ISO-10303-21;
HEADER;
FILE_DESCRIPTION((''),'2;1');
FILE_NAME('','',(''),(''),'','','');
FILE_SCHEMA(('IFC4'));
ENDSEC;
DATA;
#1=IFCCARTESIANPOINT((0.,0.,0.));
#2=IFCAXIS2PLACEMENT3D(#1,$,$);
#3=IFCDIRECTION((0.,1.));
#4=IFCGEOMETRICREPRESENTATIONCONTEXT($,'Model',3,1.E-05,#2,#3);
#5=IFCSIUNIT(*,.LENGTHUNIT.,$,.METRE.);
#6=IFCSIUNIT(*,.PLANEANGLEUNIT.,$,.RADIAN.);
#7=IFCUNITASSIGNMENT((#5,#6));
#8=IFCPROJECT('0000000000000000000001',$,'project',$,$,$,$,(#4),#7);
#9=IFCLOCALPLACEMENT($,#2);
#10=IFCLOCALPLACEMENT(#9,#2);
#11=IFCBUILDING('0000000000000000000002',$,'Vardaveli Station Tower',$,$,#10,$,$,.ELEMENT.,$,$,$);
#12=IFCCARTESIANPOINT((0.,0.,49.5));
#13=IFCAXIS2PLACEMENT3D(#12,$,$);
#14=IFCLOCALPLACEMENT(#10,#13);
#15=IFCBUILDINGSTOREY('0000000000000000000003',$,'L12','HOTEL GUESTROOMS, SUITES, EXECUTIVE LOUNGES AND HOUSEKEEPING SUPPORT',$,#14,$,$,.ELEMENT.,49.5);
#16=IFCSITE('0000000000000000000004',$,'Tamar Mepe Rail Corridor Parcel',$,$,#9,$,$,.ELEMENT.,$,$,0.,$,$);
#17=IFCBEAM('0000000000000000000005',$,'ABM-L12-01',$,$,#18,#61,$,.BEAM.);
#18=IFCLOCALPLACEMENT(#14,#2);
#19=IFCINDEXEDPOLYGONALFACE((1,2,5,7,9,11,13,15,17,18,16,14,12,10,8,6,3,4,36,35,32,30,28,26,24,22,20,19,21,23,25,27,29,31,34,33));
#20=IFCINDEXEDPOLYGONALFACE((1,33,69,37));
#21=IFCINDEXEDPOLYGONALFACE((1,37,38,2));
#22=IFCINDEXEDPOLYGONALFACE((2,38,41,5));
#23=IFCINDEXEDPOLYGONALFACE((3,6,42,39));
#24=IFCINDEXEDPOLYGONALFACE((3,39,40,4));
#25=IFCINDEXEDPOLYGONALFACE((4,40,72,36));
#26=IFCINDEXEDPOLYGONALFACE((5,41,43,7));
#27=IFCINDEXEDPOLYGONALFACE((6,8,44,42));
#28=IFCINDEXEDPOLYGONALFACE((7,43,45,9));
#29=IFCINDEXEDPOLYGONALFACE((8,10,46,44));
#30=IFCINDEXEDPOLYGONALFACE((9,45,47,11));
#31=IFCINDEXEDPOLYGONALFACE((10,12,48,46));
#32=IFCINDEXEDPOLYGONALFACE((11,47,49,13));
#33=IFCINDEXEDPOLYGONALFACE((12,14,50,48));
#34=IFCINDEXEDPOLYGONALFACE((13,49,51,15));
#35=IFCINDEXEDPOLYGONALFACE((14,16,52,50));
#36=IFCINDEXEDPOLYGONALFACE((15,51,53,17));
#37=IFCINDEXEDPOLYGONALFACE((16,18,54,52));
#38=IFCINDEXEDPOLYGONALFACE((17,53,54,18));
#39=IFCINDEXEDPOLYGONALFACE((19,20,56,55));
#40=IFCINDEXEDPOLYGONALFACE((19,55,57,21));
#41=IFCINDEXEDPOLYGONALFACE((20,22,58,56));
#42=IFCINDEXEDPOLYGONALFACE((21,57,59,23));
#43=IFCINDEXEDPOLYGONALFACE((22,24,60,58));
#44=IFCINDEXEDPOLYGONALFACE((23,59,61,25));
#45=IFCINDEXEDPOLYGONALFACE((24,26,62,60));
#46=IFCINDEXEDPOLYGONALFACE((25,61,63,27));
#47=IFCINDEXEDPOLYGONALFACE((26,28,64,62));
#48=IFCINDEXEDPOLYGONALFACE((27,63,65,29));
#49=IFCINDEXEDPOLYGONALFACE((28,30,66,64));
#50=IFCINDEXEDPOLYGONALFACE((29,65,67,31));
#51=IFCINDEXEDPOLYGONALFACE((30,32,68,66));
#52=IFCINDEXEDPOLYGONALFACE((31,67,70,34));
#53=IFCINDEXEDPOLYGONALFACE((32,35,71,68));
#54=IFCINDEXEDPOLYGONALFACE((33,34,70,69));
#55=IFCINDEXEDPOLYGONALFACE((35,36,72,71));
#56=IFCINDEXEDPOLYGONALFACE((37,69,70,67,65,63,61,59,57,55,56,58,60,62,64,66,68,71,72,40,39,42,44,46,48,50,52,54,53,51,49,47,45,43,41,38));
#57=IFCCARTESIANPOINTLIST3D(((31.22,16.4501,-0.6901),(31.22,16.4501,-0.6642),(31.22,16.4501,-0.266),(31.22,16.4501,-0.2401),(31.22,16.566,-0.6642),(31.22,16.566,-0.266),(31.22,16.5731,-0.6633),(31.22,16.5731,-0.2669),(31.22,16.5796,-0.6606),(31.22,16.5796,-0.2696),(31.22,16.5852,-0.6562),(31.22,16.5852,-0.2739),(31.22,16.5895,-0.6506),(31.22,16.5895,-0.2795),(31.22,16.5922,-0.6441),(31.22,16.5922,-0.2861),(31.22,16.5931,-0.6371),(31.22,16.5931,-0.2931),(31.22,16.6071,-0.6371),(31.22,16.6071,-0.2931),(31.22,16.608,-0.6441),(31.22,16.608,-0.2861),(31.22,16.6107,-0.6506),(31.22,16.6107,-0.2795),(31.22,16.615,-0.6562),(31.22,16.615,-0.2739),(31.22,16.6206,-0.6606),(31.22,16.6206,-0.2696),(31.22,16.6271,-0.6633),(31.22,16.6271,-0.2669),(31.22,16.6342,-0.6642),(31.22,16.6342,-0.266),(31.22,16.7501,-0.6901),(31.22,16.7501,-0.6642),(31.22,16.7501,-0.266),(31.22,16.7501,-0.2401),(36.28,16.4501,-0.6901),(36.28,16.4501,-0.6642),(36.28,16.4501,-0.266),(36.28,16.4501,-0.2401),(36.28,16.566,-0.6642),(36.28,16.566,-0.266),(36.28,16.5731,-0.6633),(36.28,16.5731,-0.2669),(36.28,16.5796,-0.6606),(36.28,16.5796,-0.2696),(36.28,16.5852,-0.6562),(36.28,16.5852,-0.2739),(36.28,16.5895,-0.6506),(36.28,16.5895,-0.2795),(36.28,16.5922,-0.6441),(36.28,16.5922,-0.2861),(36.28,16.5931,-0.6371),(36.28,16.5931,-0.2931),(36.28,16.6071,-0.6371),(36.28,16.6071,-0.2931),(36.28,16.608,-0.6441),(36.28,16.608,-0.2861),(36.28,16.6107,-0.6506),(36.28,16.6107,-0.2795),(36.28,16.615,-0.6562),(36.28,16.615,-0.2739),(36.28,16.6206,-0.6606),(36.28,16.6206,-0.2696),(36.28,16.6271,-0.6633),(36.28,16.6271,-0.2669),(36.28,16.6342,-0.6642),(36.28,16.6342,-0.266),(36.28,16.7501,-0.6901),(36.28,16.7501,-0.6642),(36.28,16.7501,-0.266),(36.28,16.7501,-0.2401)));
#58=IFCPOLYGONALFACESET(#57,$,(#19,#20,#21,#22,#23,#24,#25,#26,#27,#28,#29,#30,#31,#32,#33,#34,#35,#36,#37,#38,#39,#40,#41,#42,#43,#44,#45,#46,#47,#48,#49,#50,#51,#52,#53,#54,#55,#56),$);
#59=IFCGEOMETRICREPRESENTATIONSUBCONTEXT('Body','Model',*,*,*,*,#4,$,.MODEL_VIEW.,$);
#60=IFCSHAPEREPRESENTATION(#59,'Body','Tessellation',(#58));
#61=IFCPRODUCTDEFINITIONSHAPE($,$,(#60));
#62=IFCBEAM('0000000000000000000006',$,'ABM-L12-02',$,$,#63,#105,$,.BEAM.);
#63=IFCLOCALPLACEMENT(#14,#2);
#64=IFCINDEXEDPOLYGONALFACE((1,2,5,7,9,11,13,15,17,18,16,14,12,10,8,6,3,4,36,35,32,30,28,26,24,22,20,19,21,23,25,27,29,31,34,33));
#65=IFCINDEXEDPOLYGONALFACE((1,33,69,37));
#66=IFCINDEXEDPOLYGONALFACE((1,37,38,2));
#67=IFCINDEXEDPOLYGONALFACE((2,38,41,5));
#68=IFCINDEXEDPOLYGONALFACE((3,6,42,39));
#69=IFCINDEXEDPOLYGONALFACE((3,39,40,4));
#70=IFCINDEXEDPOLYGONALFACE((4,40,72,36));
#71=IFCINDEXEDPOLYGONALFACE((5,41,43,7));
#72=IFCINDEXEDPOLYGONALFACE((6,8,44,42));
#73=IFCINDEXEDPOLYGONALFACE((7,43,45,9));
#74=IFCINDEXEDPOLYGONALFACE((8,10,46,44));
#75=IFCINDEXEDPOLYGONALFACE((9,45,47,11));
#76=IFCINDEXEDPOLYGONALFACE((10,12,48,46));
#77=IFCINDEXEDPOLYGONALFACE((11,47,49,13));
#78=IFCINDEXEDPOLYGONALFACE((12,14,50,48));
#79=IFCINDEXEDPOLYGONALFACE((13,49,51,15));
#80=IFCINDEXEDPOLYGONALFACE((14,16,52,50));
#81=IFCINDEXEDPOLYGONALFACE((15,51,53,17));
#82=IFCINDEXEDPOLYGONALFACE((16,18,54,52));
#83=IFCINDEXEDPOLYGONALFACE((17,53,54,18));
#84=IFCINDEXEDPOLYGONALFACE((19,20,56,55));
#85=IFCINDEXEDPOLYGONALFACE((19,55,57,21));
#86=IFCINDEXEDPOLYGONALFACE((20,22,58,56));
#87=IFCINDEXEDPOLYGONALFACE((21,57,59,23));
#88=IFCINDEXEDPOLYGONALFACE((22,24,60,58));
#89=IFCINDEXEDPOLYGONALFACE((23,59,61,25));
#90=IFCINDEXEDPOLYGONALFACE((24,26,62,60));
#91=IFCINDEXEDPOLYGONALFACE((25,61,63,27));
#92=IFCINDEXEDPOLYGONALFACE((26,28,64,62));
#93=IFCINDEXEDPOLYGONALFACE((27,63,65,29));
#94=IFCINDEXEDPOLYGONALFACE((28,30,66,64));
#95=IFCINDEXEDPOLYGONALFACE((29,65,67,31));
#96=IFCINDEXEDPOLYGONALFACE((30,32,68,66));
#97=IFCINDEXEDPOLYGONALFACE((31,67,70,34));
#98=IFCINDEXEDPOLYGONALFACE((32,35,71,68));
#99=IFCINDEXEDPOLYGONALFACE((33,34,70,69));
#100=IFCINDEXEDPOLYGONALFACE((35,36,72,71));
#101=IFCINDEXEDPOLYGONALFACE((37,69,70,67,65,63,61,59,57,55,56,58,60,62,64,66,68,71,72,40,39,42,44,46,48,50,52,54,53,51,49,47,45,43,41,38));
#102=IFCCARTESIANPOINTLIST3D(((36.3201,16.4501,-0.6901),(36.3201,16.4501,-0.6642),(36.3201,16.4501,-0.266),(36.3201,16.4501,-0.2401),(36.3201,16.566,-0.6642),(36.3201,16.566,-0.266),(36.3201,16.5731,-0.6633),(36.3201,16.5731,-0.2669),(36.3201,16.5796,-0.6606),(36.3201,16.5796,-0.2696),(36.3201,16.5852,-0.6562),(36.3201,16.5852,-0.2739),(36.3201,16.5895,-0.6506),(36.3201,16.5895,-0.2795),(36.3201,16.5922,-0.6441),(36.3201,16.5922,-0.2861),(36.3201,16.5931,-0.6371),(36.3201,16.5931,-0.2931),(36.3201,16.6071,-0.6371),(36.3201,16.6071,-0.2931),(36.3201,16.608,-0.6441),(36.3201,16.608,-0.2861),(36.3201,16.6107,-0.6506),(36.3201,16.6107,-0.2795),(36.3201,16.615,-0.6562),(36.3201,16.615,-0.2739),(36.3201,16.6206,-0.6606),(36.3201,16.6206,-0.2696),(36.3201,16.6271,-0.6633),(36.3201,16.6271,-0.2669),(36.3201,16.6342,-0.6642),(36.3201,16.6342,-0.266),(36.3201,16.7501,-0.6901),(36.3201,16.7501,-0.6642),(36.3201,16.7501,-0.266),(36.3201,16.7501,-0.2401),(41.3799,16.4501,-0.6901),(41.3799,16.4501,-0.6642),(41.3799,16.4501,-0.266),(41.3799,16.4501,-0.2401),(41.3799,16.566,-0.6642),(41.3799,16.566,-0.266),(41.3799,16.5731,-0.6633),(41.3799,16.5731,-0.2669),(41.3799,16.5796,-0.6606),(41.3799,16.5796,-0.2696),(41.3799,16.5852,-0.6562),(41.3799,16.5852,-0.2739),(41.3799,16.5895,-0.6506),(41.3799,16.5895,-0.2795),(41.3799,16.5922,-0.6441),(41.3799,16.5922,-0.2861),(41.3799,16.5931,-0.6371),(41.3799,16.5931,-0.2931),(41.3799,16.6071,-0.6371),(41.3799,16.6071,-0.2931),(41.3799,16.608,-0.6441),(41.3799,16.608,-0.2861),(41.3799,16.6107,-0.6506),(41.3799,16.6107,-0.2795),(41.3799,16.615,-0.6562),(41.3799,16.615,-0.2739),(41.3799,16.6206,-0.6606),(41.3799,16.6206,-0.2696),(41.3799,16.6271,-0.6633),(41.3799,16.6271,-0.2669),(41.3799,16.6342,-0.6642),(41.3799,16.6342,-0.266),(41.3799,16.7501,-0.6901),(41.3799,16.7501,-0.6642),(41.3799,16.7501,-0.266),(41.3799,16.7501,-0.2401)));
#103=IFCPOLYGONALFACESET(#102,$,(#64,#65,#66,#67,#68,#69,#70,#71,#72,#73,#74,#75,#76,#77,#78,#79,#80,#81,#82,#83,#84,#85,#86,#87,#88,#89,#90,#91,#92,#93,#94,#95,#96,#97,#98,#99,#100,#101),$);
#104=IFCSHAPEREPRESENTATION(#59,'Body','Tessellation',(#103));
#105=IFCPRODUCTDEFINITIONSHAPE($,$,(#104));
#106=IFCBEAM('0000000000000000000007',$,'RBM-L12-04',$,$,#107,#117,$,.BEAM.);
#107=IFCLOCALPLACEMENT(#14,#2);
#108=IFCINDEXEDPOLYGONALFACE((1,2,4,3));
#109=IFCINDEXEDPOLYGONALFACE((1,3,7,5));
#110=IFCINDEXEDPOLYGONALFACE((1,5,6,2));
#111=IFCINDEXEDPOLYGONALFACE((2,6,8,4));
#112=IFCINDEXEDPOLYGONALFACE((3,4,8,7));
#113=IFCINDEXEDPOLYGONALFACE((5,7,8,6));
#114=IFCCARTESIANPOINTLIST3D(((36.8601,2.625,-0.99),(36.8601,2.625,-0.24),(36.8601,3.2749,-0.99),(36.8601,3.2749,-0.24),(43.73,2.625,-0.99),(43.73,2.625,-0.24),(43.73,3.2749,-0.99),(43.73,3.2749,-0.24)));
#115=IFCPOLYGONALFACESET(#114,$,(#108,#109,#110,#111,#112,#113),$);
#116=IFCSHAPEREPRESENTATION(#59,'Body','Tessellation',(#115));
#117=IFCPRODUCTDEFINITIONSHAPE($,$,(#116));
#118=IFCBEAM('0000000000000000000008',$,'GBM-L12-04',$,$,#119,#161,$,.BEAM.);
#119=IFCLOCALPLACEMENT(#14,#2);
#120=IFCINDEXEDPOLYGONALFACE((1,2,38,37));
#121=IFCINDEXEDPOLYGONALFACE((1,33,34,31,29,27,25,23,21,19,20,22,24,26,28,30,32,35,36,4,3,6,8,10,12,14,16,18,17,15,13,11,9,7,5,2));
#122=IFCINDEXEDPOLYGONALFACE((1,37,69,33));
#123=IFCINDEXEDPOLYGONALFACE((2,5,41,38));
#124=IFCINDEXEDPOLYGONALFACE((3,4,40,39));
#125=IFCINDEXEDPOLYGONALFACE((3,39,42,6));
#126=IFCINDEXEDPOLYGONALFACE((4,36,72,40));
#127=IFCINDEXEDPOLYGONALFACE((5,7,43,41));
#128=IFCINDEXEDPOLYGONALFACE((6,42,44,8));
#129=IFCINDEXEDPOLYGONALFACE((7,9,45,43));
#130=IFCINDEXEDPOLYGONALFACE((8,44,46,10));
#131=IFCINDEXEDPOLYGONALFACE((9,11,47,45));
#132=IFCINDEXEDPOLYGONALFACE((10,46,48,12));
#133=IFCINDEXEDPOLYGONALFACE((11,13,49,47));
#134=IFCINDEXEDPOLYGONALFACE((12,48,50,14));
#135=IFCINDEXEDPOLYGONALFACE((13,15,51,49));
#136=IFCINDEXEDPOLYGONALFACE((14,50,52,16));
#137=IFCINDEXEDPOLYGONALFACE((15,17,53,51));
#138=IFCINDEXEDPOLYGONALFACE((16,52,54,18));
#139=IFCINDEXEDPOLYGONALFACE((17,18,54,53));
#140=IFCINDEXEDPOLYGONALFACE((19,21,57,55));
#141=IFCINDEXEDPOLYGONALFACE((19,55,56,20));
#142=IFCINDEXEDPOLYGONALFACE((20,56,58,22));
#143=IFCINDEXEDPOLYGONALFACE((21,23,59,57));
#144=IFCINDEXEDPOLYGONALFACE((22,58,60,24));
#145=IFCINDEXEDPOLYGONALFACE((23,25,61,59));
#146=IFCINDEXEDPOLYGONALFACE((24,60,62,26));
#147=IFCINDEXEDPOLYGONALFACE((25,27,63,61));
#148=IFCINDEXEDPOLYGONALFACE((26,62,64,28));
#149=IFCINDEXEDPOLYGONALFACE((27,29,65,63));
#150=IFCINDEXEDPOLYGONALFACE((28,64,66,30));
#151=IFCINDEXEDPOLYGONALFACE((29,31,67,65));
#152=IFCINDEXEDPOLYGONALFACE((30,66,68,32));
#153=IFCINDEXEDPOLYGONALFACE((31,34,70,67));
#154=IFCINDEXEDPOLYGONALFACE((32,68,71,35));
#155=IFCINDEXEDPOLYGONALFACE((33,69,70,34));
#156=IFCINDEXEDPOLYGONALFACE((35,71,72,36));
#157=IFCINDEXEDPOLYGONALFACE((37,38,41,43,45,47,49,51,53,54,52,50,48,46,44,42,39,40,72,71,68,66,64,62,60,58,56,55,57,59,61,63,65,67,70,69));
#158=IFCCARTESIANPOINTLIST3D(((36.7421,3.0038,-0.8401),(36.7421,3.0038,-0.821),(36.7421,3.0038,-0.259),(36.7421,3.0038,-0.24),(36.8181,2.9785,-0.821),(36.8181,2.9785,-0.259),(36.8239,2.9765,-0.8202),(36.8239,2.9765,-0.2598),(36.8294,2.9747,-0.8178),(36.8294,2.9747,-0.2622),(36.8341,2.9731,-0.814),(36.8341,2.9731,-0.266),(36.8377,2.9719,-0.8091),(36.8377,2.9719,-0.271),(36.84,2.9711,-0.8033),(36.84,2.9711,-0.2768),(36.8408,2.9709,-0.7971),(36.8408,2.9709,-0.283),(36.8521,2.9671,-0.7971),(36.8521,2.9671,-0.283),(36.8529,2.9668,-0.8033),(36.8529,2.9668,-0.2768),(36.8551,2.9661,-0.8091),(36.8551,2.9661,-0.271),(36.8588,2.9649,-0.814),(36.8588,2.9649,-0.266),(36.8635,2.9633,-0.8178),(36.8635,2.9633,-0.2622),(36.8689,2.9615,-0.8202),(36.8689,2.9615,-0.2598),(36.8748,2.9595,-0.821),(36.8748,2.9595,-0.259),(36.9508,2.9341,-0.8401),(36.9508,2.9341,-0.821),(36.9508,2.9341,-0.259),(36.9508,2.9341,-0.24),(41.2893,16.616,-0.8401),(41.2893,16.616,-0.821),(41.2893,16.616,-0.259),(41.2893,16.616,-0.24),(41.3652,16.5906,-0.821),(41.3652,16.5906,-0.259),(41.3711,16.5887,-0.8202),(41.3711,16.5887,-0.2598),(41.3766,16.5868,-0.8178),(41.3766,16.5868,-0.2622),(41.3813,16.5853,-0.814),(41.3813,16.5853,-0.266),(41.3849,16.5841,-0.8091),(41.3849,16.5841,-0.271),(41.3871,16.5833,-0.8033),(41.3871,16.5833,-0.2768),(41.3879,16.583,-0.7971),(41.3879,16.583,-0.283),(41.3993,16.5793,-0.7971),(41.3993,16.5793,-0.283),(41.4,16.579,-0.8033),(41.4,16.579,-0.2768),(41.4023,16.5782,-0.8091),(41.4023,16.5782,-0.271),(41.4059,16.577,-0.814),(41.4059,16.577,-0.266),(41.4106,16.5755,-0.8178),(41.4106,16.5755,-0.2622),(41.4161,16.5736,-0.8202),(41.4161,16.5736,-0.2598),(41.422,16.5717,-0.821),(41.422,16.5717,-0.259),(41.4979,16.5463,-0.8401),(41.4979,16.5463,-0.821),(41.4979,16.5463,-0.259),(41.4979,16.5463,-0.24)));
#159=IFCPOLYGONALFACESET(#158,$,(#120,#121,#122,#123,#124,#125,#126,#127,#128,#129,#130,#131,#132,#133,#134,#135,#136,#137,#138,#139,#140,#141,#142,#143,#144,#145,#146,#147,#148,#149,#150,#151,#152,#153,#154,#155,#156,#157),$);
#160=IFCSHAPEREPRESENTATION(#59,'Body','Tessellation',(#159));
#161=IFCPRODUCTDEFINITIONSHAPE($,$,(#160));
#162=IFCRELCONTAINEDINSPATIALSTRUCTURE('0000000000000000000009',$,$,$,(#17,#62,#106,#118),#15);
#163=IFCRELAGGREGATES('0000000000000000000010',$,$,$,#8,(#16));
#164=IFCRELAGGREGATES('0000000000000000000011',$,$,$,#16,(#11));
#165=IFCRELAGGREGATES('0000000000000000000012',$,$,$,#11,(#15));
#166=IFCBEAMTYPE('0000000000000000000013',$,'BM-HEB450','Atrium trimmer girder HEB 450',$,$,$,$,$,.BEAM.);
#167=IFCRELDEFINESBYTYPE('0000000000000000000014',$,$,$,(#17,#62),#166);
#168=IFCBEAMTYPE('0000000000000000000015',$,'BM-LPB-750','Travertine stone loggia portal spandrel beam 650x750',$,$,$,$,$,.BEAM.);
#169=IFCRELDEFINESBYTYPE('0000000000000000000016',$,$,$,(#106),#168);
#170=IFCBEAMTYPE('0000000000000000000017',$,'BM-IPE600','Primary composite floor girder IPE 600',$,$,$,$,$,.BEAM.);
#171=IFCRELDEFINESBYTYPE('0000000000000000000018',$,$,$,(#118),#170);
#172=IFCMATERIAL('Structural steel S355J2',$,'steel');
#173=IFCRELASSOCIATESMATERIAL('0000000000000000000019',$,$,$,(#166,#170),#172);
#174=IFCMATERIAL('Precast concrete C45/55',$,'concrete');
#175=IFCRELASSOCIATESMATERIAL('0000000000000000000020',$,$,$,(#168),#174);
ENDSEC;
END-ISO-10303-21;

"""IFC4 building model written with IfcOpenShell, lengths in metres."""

from ifc_helpers import new_model, si_unit, direction, frame, origin, origin_2d, place, context, subcontext, project, spatial, rectangle, i_section, extrude, source, transform, mapped, material, material_profile, profile_set, type_object, element, save


model = new_model("IFC4")

# Units and contexts
model_context = context("Model", 3, precision=1e-05, world=origin(), true_north=direction((0.0, 1.0)))
body_context = subcontext(model_context, "Body", "Model", "MODEL_VIEW")
ifc_project = project(units=[si_unit("LENGTHUNIT", "METRE"), si_unit("PLANEANGLEUNIT", "RADIAN")], contexts=[model_context])

# Site, building, storey
site_placement = place(None, origin())
site = spatial("IfcSite", under=ifc_project, at=site_placement, Name="Tamar Mepe Rail Corridor Parcel", CompositionType="ELEMENT", RefElevation=0.0)
building_placement = place(site_placement, origin())
building = spatial("IfcBuilding", under=site, at=building_placement, Name="Vardaveli Station Tower", CompositionType="ELEMENT")
storey_placement = place(building_placement, frame((0.0, 0.0, 49.5)))
storey = spatial("IfcBuildingStorey", under=building, at=storey_placement, Name="L12", Description="HOTEL GUESTROOMS, SUITES, EXECUTIVE LOUNGES AND HOUSEKEEPING SUPPORT", CompositionType="ELEMENT", Elevation=49.5)

# Beams
ifc_material_1 = material(Name="Structural steel S355J2", Category="steel")
ifc_material_profile_1 = material_profile(ifc_material_1, i_section(OverallWidth=0.3, OverallDepth=0.45, WebThickness=0.0139, FlangeThickness=0.0259, FilletRadius=0.0271, at=origin_2d()), Name="HEB 450")
ifc_profile_set_1 = profile_set([ifc_material_profile_1], Name="Structural steel S355J2")
beam_type_1 = type_object("IfcBeamType", Name="BM-HEB450", Description="Atrium trimmer girder HEB 450", PredefinedType="BEAM", material=ifc_profile_set_1)
shared_shape_1 = source(origin(), body_context, "Body", "SweptSolid", [
    extrude(i_section(OverallWidth=0.3, OverallDepth=0.45, WebThickness=0.0139, FlangeThickness=0.0259, FilletRadius=0.0271, at=origin_2d()), origin(), (0.0, 0.0, 1.0), 5.0601),
])
beam_1_placement = place(storey_placement, frame((31.22, 16.6001, -0.4651), z_axis=(1.0, 0.0, 0.0), x_axis=(0.0, 1.0, 0.0)))
element("IfcBeam", 1, at=beam_1_placement, inside=storey, type_object=beam_type_1, Name="ABM-L12-01", PredefinedType="BEAM", context=body_context, shape_type="MappedRepresentation", body=[
    mapped(shared_shape_1, transform((0.0, 0.0, 0.0), scale=1.0)),
])
shared_shape_2 = source(origin(), body_context, "Body", "SweptSolid", [
    extrude(i_section(OverallWidth=0.3, OverallDepth=0.45, WebThickness=0.0139, FlangeThickness=0.0259, FilletRadius=0.0271, at=origin_2d()), origin(), (0.0, 0.0, 1.0), 5.0598),
])
beam_2_placement = place(storey_placement, frame((36.3201, 16.6001, -0.4651), z_axis=(1.0, 0.0, 0.0), x_axis=(0.0, 1.0, 0.0)))
element("IfcBeam", 2, at=beam_2_placement, inside=storey, type_object=beam_type_1, Name="ABM-L12-02", PredefinedType="BEAM", context=body_context, shape_type="MappedRepresentation", body=[
    mapped(shared_shape_2, transform((0.0, 0.0, 0.0), scale=1.0)),
])
ifc_material_2 = material(Name="Precast concrete C45/55", Category="concrete")
ifc_material_profile_2 = material_profile(ifc_material_2, rectangle(XDim=0.6499, YDim=0.75, at=origin_2d()), Name="LPB 650x750")
ifc_profile_set_2 = profile_set([ifc_material_profile_2], Name="Precast concrete C45/55")
beam_type_2 = type_object("IfcBeamType", Name="BM-LPB-750", Description="Travertine stone loggia portal spandrel beam 650x750", PredefinedType="BEAM", material=ifc_profile_set_2)
shared_shape_3 = source(origin(), body_context, "Body", "SweptSolid", [
    extrude(rectangle(XDim=0.6499, YDim=0.75, at=origin_2d()), origin(), (0.0, 0.0, 1.0), 6.8699),
])
beam_3_placement = place(storey_placement, frame((36.8601, 2.95, -0.615), z_axis=(1.0, 0.0, 0.0), x_axis=(0.0, 1.0, 0.0)))
element("IfcBeam", 3, at=beam_3_placement, inside=storey, type_object=beam_type_2, Name="RBM-L12-04", PredefinedType="BEAM", context=body_context, shape_type="MappedRepresentation", body=[
    mapped(shared_shape_3, transform((0.0, 0.0, 0.0), scale=1.0)),
])
ifc_material_profile_3 = material_profile(ifc_material_1, i_section(OverallWidth=0.22, OverallDepth=0.6001, WebThickness=0.012, FlangeThickness=0.019, FilletRadius=0.0239, at=origin_2d()), Name="IPE 600")
ifc_profile_set_3 = profile_set([ifc_material_profile_3], Name="Structural steel S355J2")
beam_type_3 = type_object("IfcBeamType", Name="BM-IPE600", Description="Primary composite floor girder IPE 600", PredefinedType="BEAM", material=ifc_profile_set_3)
shared_shape_4 = source(origin(), body_context, "Body", "SweptSolid", [
    extrude(i_section(OverallWidth=0.22, OverallDepth=0.6001, WebThickness=0.012, FlangeThickness=0.019, FilletRadius=0.0239, at=origin_2d()), origin(), (0.0, 0.0, 1.0), 14.3516),
])
beam_4_placement = place(storey_placement, frame((36.8464, 2.969, -0.54), z_axis=(0.31684, 0.948479, 0.0), x_axis=(-0.948479, 0.31684, 0.0)))
element("IfcBeam", 4, at=beam_4_placement, inside=storey, type_object=beam_type_3, Name="GBM-L12-04", PredefinedType="BEAM", context=body_context, shape_type="MappedRepresentation", body=[
    mapped(shared_shape_4, transform((0.0, 0.0, 0.0), scale=1.0)),
])

save(model, "model.ifc")
